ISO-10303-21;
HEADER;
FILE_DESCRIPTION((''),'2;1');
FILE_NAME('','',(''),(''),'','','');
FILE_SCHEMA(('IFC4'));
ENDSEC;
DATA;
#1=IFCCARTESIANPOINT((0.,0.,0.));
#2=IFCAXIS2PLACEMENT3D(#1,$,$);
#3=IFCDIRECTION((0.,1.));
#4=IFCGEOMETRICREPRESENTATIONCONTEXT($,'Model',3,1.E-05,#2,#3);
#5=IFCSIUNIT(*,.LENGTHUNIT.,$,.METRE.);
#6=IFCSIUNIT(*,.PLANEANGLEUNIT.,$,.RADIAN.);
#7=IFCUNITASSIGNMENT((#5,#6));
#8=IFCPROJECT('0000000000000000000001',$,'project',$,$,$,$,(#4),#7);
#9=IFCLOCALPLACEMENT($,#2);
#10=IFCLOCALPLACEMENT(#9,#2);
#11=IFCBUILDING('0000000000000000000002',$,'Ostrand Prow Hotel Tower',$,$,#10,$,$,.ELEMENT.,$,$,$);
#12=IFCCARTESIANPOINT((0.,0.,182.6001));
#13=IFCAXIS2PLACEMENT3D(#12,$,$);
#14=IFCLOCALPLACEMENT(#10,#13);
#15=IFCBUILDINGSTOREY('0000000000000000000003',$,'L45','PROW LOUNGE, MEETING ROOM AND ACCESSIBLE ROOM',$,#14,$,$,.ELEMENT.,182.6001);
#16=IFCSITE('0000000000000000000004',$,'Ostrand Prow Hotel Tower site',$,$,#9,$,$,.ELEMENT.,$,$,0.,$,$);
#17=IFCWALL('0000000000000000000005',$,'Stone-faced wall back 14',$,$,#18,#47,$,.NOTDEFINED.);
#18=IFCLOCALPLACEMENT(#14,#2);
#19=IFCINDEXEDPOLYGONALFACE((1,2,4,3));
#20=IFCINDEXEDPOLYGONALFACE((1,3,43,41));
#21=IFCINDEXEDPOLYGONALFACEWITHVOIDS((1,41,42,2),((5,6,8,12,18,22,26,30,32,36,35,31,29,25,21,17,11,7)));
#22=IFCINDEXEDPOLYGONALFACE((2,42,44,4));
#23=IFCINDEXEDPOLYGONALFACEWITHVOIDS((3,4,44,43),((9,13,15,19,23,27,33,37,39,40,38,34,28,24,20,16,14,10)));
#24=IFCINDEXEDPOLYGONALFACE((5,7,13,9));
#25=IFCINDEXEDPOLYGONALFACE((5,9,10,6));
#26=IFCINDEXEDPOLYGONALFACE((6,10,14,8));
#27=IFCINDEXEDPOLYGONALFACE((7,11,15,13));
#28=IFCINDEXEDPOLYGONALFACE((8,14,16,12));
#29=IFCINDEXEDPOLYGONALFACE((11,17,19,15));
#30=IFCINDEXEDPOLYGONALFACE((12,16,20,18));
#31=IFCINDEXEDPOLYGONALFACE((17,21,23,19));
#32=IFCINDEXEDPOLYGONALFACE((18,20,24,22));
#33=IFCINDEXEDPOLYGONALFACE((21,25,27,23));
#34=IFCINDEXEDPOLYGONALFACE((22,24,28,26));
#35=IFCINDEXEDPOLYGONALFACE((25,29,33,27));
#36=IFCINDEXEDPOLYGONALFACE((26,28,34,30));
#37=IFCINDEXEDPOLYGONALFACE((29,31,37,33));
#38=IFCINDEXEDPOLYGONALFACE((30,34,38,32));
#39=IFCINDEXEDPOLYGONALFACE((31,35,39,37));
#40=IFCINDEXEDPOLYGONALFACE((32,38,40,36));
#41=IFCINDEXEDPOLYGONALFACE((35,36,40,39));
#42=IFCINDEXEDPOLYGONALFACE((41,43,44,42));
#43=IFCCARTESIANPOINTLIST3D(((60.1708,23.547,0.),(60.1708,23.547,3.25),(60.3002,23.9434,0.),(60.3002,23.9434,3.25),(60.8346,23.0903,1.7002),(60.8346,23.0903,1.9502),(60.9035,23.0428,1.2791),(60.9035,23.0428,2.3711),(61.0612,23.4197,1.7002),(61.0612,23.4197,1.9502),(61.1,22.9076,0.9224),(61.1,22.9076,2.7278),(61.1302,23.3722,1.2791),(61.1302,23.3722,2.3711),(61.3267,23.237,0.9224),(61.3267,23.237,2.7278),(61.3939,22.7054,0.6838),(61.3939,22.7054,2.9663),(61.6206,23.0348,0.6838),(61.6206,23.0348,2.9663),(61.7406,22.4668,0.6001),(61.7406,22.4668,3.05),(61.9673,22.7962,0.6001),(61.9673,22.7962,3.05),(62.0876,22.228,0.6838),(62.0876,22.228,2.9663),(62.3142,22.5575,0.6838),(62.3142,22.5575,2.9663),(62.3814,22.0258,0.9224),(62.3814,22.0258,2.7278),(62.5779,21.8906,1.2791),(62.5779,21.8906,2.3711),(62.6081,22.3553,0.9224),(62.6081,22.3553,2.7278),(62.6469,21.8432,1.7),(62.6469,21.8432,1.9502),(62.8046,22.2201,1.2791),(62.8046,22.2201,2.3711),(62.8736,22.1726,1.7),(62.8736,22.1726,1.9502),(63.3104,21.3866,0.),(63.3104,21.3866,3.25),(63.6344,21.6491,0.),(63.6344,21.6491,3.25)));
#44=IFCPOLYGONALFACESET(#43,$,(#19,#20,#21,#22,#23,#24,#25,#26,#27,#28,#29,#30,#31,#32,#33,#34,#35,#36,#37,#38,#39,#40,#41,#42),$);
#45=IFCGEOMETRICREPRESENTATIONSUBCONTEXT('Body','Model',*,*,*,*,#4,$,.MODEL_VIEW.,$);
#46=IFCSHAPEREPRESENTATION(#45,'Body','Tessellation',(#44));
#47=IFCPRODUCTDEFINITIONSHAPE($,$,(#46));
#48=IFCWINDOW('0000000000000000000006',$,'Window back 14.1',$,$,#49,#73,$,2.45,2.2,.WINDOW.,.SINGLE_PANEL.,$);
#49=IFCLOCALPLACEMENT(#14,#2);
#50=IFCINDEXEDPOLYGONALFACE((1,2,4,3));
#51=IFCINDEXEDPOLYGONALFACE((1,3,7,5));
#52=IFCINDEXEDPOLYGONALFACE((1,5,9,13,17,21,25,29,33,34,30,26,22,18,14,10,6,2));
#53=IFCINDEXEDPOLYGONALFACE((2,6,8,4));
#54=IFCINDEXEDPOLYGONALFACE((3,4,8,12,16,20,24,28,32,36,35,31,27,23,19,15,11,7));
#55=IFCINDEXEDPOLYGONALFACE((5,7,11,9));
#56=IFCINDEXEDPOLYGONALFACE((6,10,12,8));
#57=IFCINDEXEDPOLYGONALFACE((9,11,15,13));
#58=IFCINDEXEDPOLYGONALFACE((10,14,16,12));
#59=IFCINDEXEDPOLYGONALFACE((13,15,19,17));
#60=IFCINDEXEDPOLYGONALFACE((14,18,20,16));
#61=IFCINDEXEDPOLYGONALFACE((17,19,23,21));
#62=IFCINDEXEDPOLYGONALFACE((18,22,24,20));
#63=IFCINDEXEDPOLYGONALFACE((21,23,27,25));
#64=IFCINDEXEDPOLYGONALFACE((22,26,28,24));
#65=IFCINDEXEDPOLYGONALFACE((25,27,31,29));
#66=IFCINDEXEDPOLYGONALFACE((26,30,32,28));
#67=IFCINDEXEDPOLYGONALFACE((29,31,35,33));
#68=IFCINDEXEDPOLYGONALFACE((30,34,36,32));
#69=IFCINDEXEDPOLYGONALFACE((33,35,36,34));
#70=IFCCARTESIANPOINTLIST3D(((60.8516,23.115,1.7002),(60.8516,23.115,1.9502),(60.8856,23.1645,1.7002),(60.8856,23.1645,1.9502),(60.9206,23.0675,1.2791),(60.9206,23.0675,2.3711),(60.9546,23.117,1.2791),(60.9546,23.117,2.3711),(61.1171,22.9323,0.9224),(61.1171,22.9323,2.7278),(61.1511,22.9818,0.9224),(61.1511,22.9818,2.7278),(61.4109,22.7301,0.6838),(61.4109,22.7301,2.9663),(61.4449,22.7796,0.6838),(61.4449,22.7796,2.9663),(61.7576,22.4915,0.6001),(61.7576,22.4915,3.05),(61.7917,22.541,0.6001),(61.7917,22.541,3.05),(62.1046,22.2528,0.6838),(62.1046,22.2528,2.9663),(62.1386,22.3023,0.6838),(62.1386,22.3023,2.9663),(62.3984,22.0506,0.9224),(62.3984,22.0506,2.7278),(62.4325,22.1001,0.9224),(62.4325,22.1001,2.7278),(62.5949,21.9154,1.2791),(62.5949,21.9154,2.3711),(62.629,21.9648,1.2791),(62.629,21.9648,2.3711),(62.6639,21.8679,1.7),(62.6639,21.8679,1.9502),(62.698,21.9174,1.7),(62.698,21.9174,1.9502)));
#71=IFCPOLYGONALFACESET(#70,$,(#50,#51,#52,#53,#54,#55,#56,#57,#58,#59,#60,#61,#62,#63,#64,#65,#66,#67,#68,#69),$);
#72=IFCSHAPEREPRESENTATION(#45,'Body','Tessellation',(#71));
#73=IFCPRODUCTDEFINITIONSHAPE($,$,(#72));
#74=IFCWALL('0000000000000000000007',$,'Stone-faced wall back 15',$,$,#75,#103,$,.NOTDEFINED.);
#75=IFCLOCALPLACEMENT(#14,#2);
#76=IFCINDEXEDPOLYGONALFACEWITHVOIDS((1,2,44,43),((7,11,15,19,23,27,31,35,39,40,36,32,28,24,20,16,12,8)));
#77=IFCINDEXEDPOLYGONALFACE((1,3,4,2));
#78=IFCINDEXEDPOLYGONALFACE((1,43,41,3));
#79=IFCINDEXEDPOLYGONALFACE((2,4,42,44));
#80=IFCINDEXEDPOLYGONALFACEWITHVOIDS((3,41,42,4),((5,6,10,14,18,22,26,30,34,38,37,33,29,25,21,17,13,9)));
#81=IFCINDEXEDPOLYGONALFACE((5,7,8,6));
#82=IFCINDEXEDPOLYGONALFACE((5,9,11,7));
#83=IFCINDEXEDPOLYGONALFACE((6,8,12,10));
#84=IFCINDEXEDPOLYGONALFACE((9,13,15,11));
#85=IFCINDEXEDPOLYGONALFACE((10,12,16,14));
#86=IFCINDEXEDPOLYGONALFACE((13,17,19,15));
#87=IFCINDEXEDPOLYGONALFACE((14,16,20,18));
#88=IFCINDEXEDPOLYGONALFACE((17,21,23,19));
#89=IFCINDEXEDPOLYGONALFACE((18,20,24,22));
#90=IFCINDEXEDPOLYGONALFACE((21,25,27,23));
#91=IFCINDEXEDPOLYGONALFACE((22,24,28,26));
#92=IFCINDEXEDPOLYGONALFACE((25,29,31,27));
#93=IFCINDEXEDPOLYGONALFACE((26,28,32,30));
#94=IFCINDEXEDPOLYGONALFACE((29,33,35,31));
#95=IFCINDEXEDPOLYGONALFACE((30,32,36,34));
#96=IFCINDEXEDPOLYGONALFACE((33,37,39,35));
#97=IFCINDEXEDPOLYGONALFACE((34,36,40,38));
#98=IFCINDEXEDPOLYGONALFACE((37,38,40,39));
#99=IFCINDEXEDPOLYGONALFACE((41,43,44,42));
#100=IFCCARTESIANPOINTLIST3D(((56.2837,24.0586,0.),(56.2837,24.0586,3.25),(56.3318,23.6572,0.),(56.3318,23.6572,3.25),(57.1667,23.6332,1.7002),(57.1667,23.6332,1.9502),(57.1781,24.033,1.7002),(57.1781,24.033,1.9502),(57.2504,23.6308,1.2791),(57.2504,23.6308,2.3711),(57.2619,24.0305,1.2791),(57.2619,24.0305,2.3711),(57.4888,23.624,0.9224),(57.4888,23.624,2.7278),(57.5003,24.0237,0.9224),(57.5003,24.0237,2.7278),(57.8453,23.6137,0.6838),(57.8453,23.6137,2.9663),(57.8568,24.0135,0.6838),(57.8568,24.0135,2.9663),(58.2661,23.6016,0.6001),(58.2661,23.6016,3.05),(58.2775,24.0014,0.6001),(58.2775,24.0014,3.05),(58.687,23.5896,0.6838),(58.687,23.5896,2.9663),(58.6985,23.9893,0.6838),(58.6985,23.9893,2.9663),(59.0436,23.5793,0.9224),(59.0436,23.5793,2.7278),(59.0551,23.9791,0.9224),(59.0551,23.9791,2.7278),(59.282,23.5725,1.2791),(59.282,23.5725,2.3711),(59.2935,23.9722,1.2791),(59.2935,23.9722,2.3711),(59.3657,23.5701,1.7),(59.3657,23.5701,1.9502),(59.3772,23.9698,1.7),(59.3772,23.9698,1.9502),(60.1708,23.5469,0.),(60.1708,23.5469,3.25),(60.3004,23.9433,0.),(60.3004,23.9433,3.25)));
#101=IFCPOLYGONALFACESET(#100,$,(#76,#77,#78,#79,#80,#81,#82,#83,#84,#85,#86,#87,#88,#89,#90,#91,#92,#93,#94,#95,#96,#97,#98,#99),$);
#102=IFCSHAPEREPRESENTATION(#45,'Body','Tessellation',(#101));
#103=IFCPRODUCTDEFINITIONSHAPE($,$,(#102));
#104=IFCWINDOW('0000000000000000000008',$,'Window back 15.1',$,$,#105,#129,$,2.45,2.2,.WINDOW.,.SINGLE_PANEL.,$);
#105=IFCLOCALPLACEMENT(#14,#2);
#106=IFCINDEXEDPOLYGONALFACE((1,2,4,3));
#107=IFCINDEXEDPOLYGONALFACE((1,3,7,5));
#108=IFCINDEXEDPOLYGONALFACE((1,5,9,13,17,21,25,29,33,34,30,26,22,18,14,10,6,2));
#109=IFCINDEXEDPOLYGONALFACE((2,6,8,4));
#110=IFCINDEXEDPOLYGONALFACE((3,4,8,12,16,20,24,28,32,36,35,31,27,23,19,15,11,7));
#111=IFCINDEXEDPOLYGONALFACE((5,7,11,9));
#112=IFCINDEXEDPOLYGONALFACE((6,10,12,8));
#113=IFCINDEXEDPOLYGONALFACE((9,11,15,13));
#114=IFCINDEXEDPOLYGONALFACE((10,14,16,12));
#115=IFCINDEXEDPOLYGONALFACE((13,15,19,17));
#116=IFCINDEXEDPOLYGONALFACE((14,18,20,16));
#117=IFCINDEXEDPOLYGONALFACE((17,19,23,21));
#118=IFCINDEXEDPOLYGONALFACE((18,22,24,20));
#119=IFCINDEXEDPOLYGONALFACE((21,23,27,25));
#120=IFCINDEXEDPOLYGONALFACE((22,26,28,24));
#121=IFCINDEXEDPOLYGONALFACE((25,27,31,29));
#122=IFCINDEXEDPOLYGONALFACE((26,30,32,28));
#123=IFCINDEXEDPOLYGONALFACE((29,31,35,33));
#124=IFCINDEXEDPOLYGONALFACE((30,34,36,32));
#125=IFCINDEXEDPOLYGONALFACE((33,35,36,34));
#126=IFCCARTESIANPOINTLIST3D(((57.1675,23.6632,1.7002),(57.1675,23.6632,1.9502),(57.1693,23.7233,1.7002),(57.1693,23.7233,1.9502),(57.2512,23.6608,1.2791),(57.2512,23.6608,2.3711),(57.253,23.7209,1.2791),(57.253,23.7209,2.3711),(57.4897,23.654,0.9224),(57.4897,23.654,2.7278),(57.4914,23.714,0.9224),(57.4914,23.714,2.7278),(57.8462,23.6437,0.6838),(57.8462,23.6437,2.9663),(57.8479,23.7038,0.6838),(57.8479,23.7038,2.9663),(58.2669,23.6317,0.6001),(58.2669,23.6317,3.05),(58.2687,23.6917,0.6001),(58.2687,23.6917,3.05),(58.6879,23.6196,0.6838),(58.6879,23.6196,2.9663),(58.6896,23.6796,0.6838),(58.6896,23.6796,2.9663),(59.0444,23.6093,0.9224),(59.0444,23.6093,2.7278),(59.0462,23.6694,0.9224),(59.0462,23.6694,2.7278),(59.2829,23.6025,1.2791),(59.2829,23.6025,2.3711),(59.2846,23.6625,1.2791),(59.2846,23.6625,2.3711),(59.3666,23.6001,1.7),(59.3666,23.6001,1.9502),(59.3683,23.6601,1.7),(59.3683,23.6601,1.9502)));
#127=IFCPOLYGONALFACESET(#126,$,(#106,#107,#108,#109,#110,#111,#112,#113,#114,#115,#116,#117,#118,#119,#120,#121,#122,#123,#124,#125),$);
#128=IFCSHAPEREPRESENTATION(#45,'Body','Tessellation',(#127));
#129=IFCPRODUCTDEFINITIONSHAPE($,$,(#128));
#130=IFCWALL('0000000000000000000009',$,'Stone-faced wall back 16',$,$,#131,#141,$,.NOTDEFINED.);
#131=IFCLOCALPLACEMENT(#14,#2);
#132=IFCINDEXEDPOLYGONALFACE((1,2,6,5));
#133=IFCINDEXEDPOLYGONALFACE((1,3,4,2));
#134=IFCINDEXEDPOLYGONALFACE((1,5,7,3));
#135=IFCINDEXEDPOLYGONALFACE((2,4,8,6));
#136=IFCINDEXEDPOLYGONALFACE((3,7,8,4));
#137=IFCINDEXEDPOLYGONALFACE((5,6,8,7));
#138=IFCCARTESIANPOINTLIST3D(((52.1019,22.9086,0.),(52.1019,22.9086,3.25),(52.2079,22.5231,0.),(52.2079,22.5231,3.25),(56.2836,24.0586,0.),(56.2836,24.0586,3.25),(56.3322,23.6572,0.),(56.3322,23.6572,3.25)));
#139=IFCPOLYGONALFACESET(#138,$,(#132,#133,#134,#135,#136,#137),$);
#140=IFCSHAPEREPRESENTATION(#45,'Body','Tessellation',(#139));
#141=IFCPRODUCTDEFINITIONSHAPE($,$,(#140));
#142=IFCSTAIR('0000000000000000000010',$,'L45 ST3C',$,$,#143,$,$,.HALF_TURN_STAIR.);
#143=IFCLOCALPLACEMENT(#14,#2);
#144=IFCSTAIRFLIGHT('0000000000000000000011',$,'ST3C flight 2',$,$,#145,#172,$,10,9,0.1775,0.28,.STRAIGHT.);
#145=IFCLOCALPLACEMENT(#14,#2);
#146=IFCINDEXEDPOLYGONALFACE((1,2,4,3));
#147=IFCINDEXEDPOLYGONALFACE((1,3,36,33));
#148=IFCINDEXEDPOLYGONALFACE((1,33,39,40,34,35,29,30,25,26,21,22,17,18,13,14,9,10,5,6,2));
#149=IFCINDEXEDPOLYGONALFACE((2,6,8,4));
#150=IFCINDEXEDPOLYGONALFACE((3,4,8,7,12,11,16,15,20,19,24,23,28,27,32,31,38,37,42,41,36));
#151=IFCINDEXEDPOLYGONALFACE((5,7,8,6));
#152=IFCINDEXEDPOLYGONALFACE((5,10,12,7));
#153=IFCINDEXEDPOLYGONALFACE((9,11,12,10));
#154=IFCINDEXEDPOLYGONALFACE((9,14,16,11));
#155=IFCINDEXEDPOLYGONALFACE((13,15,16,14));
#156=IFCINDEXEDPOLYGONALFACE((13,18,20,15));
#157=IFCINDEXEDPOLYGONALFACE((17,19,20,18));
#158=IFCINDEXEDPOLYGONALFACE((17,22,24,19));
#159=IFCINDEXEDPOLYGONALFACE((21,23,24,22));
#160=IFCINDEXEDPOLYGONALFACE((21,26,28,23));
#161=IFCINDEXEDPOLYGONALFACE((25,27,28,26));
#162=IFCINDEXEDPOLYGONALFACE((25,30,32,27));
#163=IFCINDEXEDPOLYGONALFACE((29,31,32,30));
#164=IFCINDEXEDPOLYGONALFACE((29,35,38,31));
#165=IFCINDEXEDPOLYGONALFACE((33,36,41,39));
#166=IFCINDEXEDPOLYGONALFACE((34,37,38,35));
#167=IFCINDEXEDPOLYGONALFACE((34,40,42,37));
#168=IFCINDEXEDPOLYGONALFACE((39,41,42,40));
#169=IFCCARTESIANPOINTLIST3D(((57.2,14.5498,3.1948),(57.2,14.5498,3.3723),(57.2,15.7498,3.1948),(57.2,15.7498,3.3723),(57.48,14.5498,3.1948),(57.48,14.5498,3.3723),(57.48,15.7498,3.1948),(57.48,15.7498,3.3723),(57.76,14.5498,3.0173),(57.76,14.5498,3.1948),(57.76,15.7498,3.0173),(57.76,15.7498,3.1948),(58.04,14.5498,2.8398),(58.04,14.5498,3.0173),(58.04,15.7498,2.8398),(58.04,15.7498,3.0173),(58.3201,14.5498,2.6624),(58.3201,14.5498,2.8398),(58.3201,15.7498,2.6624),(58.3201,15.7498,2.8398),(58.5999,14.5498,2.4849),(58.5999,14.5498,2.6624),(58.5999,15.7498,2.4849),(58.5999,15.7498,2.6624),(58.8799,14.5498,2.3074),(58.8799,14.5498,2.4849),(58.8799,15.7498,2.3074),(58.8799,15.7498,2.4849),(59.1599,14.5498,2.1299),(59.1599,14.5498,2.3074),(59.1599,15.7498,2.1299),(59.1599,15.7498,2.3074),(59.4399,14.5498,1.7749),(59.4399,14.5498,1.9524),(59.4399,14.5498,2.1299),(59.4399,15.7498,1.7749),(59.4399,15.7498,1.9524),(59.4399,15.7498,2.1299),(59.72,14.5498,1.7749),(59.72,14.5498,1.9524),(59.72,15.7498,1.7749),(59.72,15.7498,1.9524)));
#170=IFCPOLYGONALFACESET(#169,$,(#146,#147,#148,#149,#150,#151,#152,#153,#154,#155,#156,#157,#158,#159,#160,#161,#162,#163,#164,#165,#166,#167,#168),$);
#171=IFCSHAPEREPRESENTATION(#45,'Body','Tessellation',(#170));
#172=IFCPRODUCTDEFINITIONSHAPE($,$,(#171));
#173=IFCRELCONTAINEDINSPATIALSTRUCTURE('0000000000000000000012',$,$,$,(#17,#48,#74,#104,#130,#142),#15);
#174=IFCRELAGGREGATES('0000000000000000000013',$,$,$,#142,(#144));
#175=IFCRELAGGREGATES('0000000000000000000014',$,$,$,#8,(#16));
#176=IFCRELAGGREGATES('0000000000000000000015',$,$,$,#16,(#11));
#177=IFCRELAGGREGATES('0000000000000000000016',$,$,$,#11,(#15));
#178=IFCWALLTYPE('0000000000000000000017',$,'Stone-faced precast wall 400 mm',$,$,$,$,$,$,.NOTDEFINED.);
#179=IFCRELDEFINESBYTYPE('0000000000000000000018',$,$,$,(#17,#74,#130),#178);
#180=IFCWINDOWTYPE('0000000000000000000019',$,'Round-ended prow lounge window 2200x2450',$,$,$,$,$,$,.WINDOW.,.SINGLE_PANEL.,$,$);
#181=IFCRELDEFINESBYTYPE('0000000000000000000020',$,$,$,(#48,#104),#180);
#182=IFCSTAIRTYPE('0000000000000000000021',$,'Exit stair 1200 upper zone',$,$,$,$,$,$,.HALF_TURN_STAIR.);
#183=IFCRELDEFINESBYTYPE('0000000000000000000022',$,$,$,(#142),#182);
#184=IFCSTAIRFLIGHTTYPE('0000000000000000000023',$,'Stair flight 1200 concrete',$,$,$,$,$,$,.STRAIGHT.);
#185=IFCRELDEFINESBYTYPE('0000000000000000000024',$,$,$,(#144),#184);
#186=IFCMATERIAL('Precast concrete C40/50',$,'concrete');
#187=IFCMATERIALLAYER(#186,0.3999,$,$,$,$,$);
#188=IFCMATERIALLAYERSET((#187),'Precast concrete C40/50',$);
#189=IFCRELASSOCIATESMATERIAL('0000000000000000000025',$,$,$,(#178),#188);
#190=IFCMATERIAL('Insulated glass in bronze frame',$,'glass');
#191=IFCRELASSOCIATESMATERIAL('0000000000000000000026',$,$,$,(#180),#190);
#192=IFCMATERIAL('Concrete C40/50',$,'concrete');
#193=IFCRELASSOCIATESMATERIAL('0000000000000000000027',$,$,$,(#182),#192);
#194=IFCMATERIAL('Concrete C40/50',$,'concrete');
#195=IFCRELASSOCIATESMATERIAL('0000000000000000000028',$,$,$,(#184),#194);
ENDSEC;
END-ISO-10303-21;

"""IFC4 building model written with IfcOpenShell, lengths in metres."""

from ifc_helpers import new_model, si_unit, direction, frame, origin, place, context, subcontext, project, spatial, polyline, outline, extrude, material, layer, layer_set, type_object, element, fill, aggregate, save


model = new_model("IFC4")

# Units and contexts
model_context = context("Model", 3, precision=1e-05, world=origin(), true_north=direction((0.0, 1.0)))
body_context = subcontext(model_context, "Body", "Model", "MODEL_VIEW")
ifc_project = project(units=[si_unit("LENGTHUNIT", "METRE"), si_unit("PLANEANGLEUNIT", "RADIAN")], contexts=[model_context])

# Site, building, storey
site_placement = place(None, origin())
site = spatial("IfcSite", under=ifc_project, at=site_placement, Name="Ostrand Prow Hotel Tower site", CompositionType="ELEMENT", RefElevation=0.0)
building_placement = place(site_placement, origin())
building = spatial("IfcBuilding", under=site, at=building_placement, Name="Ostrand Prow Hotel Tower", CompositionType="ELEMENT")
storey_placement = place(building_placement, frame((0.0, 0.0, 182.6001)))
storey = spatial("IfcBuildingStorey", under=building, at=storey_placement, Name="L45", Description="PROW LOUNGE, MEETING ROOM AND ACCESSIBLE ROOM", CompositionType="ELEMENT", Elevation=182.6001)

# Walls, openings, windows
ifc_material_1 = material(Name="Precast concrete C40/50", Category="concrete")
ifc_layer_1 = layer(ifc_material_1, 0.3999)
ifc_layer_set_1 = layer_set([ifc_layer_1], Name="Precast concrete C40/50")
wall_type_1 = type_object("IfcWallType", Name="Stone-faced precast wall 400 mm", PredefinedType="NOTDEFINED", material=ifc_layer_set_1)
ifc_material_2 = material(Name="Insulated glass in bronze frame", Category="glass")
window_type = type_object("IfcWindowType", Name="Round-ended prow lounge window 2200x2450", PartitioningType="SINGLE_PANEL", PredefinedType="WINDOW", material=ifc_material_2)
wall_1_placement = place(storey_placement, frame((63.4724, 21.5178, 0.0), z_axis=(0.0, 0.0, 1.0), x_axis=(-0.823806, 0.566872, 0.0)))
wall_1 = element("IfcWall", 1, at=wall_1_placement, inside=storey, type_object=wall_type_1, Name="Stone-faced wall back 14", PredefinedType="NOTDEFINED", context=body_context, shape_type="SweptSolid", body=[
    extrude(outline(polyline([(-0.0591, -0.2), (3.9883, -0.2), (3.8701, 0.2), (0.0591, 0.2), (-0.0591, -0.2)])), origin(), (0.0, 0.0, 1.0), 3.25),
])
opening_1_placement = place(wall_1_placement, frame((0.8645, 0.0, 0.6001)))
opening_1 = element("IfcOpeningElement", 2, at=opening_1_placement, cuts=wall_1, PredefinedType="OPENING", context=body_context, shape_type="SweptSolid", body=[
    extrude(outline(polyline([(0.0, 1.3501), (0.0837, 1.771), (0.3223, 2.1277), (0.679, 2.3662), (1.1001, 2.45), (1.521, 2.3662), (1.8777, 2.1277), (2.1162, 1.771), (2.2, 1.3501), (2.2, 1.1001), (2.1162, 0.679), (1.8777, 0.3223), (1.521, 0.0837), (1.1001, 0.0), (0.679, 0.0837), (0.3223, 0.3223), (0.0837, 0.679), (0.0, 1.0999), (0.0, 1.3501)])), frame((0.0, 0.21, 0.0), z_axis=(0.0, -1.0, 0.0), x_axis=(1.0, 0.0, 0.0)), (0.0, 0.0, 1.0), 0.4199),
])
window_1_placement = place(opening_1_placement, origin())
window_1 = element("IfcWindow", 3, at=window_1_placement, inside=storey, type_object=window_type, Name="Window back 14.1", OverallHeight=2.45, OverallWidth=2.2, PartitioningType="SINGLE_PANEL", PredefinedType="WINDOW", context=body_context, shape_type="SweptSolid", body=[
    extrude(outline(polyline([(0.0, 1.3501), (0.0837, 1.771), (0.3223, 2.1277), (0.679, 2.3662), (1.1001, 2.45), (1.521, 2.3662), (1.8777, 2.1277), (2.1162, 1.771), (2.2, 1.3501), (2.2, 1.1001), (2.1162, 0.679), (1.8777, 0.3223), (1.521, 0.0837), (1.1001, 0.0), (0.679, 0.0837), (0.3223, 0.3223), (0.0837, 0.679), (0.0, 1.0999), (0.0, 1.3501)])), frame((0.0, 0.1699, 0.0), z_axis=(0.0, -1.0, 0.0), x_axis=(1.0, 0.0, 0.0)), (0.0, 0.0, 1.0), 0.0601),
])
fill(opening_1, window_1)
wall_2_placement = place(storey_placement, frame((60.2356, 23.7451, 0.0), z_axis=(0.0, 0.0, 1.0), x_axis=(-0.999588, 0.028705, 0.0)))
wall_2 = element("IfcWall", 4, at=wall_2_placement, inside=storey, type_object=wall_type_1, Name="Stone-faced wall back 15", PredefinedType="NOTDEFINED", context=body_context, shape_type="SweptSolid", body=[
    extrude(outline(polyline([(-0.0591, -0.2), (3.9592, -0.2), (3.8997, 0.2), (0.0591, 0.2), (-0.0591, -0.2)])), origin(), (0.0, 0.0, 1.0), 3.25),
])
opening_2_placement = place(wall_2_placement, frame((0.8645, 0.0, 0.6001)))
opening_2 = element("IfcOpeningElement", 5, at=opening_2_placement, cuts=wall_2, PredefinedType="OPENING", context=body_context, shape_type="SweptSolid", body=[
    extrude(outline(polyline([(0.0, 1.3501), (0.0837, 1.771), (0.3223, 2.1277), (0.679, 2.3662), (1.1001, 2.45), (1.521, 2.3662), (1.8777, 2.1277), (2.1162, 1.771), (2.2, 1.3501), (2.2, 1.1001), (2.1162, 0.679), (1.8777, 0.3223), (1.521, 0.0837), (1.1001, 0.0), (0.679, 0.0837), (0.3223, 0.3223), (0.0837, 0.679), (0.0, 1.0999), (0.0, 1.3501)])), frame((0.0, 0.21, 0.0), z_axis=(0.0, -1.0, 0.0), x_axis=(1.0, 0.0, 0.0)), (0.0, 0.0, 1.0), 0.4199),
])
window_2_placement = place(opening_2_placement, origin())
window_2 = element("IfcWindow", 6, at=window_2_placement, inside=storey, type_object=window_type, Name="Window back 15.1", OverallHeight=2.45, OverallWidth=2.2, PartitioningType="SINGLE_PANEL", PredefinedType="WINDOW", context=body_context, shape_type="SweptSolid", body=[
    extrude(outline(polyline([(0.0, 1.3501), (0.0837, 1.771), (0.3223, 2.1277), (0.679, 2.3662), (1.1001, 2.45), (1.521, 2.3662), (1.8777, 2.1277), (2.1162, 1.771), (2.2, 1.3501), (2.2, 1.1001), (2.1162, 0.679), (1.8777, 0.3223), (1.521, 0.0837), (1.1001, 0.0), (0.679, 0.0837), (0.3223, 0.3223), (0.0837, 0.679), (0.0, 1.0999), (0.0, 1.3501)])), frame((0.0, 0.1699, 0.0), z_axis=(0.0, -1.0, 0.0), x_axis=(1.0, 0.0, 0.0)), (0.0, 0.0, 1.0), 0.0601),
])
fill(opening_2, window_2)

# Wall
wall_3_placement = place(storey_placement, frame((56.3079, 23.8579, 0.0), z_axis=(0.0, 0.0, 1.0), x_axis=(-0.964206, -0.265155, 0.0)))
element("IfcWall", 7, at=wall_3_placement, inside=storey, type_object=wall_type_1, Name="Stone-faced wall back 16", PredefinedType="NOTDEFINED", context=body_context, shape_type="SweptSolid", body=[
    extrude(outline(polyline([(-0.0298, -0.2), (4.3071, -0.2), (4.3071, 0.2), (0.0298, 0.2), (-0.0298, -0.2)])), origin(), (0.0, 0.0, 1.0), 3.25),
])

# Stair, stair flight
ifc_material_3 = material(Name="Concrete C40/50", Category="concrete")
stair_type = type_object("IfcStairType", Name="Exit stair 1200 upper zone", PredefinedType="HALF_TURN_STAIR", material=ifc_material_3)
stair_placement = place(storey_placement, origin())
stair = element("IfcStair", 8, at=stair_placement, inside=storey, type_object=stair_type, Name="L45 ST3C", PredefinedType="HALF_TURN_STAIR")
ifc_material_4 = material(Name="Concrete C40/50", Category="concrete")
stair_flight_type = type_object("IfcStairFlightType", Name="Stair flight 1200 concrete", PredefinedType="STRAIGHT", material=ifc_material_4)
stair_flight_placement = place(storey_placement, frame((59.72, 15.1499, 1.7749), z_axis=(0.0, 0.0, 1.0), x_axis=(-1.0, 0.0, 0.0)))
stair_flight = element("IfcStairFlight", 9, at=stair_flight_placement, type_object=stair_flight_type, Name="ST3C flight 2", NumberOfRisers=10, NumberOfTreads=9, PredefinedType="STRAIGHT", RiserHeight=0.1775, TreadLength=0.28, context=body_context, shape_type="SweptSolid", body=[
    extrude(outline(polyline([(0.0, 0.0), (0.0, 0.1775), (0.28, 0.1775), (0.28, 0.355), (0.5601, 0.355), (0.5601, 0.5325), (0.8401, 0.5325), (0.8401, 0.71), (1.1201, 0.71), (1.1201, 0.8875), (1.3999, 0.8875), (1.3999, 1.0649), (1.6799, 1.0649), (1.6799, 1.2424), (1.96, 1.2424), (1.96, 1.4199), (2.24, 1.4199), (2.24, 1.5974), (2.52, 1.5974), (2.52, 1.7749), (2.52, 1.4199), (0.28, 0.0), (0.0, 0.0)])), frame((0.0, 0.6001, 0.0), z_axis=(0.0, -1.0, 0.0), x_axis=(1.0, 0.0, 0.0)), (0.0, 0.0, 1.0), 1.2),
])
aggregate(stair, [stair_flight])

save(model, "model.ifc")
